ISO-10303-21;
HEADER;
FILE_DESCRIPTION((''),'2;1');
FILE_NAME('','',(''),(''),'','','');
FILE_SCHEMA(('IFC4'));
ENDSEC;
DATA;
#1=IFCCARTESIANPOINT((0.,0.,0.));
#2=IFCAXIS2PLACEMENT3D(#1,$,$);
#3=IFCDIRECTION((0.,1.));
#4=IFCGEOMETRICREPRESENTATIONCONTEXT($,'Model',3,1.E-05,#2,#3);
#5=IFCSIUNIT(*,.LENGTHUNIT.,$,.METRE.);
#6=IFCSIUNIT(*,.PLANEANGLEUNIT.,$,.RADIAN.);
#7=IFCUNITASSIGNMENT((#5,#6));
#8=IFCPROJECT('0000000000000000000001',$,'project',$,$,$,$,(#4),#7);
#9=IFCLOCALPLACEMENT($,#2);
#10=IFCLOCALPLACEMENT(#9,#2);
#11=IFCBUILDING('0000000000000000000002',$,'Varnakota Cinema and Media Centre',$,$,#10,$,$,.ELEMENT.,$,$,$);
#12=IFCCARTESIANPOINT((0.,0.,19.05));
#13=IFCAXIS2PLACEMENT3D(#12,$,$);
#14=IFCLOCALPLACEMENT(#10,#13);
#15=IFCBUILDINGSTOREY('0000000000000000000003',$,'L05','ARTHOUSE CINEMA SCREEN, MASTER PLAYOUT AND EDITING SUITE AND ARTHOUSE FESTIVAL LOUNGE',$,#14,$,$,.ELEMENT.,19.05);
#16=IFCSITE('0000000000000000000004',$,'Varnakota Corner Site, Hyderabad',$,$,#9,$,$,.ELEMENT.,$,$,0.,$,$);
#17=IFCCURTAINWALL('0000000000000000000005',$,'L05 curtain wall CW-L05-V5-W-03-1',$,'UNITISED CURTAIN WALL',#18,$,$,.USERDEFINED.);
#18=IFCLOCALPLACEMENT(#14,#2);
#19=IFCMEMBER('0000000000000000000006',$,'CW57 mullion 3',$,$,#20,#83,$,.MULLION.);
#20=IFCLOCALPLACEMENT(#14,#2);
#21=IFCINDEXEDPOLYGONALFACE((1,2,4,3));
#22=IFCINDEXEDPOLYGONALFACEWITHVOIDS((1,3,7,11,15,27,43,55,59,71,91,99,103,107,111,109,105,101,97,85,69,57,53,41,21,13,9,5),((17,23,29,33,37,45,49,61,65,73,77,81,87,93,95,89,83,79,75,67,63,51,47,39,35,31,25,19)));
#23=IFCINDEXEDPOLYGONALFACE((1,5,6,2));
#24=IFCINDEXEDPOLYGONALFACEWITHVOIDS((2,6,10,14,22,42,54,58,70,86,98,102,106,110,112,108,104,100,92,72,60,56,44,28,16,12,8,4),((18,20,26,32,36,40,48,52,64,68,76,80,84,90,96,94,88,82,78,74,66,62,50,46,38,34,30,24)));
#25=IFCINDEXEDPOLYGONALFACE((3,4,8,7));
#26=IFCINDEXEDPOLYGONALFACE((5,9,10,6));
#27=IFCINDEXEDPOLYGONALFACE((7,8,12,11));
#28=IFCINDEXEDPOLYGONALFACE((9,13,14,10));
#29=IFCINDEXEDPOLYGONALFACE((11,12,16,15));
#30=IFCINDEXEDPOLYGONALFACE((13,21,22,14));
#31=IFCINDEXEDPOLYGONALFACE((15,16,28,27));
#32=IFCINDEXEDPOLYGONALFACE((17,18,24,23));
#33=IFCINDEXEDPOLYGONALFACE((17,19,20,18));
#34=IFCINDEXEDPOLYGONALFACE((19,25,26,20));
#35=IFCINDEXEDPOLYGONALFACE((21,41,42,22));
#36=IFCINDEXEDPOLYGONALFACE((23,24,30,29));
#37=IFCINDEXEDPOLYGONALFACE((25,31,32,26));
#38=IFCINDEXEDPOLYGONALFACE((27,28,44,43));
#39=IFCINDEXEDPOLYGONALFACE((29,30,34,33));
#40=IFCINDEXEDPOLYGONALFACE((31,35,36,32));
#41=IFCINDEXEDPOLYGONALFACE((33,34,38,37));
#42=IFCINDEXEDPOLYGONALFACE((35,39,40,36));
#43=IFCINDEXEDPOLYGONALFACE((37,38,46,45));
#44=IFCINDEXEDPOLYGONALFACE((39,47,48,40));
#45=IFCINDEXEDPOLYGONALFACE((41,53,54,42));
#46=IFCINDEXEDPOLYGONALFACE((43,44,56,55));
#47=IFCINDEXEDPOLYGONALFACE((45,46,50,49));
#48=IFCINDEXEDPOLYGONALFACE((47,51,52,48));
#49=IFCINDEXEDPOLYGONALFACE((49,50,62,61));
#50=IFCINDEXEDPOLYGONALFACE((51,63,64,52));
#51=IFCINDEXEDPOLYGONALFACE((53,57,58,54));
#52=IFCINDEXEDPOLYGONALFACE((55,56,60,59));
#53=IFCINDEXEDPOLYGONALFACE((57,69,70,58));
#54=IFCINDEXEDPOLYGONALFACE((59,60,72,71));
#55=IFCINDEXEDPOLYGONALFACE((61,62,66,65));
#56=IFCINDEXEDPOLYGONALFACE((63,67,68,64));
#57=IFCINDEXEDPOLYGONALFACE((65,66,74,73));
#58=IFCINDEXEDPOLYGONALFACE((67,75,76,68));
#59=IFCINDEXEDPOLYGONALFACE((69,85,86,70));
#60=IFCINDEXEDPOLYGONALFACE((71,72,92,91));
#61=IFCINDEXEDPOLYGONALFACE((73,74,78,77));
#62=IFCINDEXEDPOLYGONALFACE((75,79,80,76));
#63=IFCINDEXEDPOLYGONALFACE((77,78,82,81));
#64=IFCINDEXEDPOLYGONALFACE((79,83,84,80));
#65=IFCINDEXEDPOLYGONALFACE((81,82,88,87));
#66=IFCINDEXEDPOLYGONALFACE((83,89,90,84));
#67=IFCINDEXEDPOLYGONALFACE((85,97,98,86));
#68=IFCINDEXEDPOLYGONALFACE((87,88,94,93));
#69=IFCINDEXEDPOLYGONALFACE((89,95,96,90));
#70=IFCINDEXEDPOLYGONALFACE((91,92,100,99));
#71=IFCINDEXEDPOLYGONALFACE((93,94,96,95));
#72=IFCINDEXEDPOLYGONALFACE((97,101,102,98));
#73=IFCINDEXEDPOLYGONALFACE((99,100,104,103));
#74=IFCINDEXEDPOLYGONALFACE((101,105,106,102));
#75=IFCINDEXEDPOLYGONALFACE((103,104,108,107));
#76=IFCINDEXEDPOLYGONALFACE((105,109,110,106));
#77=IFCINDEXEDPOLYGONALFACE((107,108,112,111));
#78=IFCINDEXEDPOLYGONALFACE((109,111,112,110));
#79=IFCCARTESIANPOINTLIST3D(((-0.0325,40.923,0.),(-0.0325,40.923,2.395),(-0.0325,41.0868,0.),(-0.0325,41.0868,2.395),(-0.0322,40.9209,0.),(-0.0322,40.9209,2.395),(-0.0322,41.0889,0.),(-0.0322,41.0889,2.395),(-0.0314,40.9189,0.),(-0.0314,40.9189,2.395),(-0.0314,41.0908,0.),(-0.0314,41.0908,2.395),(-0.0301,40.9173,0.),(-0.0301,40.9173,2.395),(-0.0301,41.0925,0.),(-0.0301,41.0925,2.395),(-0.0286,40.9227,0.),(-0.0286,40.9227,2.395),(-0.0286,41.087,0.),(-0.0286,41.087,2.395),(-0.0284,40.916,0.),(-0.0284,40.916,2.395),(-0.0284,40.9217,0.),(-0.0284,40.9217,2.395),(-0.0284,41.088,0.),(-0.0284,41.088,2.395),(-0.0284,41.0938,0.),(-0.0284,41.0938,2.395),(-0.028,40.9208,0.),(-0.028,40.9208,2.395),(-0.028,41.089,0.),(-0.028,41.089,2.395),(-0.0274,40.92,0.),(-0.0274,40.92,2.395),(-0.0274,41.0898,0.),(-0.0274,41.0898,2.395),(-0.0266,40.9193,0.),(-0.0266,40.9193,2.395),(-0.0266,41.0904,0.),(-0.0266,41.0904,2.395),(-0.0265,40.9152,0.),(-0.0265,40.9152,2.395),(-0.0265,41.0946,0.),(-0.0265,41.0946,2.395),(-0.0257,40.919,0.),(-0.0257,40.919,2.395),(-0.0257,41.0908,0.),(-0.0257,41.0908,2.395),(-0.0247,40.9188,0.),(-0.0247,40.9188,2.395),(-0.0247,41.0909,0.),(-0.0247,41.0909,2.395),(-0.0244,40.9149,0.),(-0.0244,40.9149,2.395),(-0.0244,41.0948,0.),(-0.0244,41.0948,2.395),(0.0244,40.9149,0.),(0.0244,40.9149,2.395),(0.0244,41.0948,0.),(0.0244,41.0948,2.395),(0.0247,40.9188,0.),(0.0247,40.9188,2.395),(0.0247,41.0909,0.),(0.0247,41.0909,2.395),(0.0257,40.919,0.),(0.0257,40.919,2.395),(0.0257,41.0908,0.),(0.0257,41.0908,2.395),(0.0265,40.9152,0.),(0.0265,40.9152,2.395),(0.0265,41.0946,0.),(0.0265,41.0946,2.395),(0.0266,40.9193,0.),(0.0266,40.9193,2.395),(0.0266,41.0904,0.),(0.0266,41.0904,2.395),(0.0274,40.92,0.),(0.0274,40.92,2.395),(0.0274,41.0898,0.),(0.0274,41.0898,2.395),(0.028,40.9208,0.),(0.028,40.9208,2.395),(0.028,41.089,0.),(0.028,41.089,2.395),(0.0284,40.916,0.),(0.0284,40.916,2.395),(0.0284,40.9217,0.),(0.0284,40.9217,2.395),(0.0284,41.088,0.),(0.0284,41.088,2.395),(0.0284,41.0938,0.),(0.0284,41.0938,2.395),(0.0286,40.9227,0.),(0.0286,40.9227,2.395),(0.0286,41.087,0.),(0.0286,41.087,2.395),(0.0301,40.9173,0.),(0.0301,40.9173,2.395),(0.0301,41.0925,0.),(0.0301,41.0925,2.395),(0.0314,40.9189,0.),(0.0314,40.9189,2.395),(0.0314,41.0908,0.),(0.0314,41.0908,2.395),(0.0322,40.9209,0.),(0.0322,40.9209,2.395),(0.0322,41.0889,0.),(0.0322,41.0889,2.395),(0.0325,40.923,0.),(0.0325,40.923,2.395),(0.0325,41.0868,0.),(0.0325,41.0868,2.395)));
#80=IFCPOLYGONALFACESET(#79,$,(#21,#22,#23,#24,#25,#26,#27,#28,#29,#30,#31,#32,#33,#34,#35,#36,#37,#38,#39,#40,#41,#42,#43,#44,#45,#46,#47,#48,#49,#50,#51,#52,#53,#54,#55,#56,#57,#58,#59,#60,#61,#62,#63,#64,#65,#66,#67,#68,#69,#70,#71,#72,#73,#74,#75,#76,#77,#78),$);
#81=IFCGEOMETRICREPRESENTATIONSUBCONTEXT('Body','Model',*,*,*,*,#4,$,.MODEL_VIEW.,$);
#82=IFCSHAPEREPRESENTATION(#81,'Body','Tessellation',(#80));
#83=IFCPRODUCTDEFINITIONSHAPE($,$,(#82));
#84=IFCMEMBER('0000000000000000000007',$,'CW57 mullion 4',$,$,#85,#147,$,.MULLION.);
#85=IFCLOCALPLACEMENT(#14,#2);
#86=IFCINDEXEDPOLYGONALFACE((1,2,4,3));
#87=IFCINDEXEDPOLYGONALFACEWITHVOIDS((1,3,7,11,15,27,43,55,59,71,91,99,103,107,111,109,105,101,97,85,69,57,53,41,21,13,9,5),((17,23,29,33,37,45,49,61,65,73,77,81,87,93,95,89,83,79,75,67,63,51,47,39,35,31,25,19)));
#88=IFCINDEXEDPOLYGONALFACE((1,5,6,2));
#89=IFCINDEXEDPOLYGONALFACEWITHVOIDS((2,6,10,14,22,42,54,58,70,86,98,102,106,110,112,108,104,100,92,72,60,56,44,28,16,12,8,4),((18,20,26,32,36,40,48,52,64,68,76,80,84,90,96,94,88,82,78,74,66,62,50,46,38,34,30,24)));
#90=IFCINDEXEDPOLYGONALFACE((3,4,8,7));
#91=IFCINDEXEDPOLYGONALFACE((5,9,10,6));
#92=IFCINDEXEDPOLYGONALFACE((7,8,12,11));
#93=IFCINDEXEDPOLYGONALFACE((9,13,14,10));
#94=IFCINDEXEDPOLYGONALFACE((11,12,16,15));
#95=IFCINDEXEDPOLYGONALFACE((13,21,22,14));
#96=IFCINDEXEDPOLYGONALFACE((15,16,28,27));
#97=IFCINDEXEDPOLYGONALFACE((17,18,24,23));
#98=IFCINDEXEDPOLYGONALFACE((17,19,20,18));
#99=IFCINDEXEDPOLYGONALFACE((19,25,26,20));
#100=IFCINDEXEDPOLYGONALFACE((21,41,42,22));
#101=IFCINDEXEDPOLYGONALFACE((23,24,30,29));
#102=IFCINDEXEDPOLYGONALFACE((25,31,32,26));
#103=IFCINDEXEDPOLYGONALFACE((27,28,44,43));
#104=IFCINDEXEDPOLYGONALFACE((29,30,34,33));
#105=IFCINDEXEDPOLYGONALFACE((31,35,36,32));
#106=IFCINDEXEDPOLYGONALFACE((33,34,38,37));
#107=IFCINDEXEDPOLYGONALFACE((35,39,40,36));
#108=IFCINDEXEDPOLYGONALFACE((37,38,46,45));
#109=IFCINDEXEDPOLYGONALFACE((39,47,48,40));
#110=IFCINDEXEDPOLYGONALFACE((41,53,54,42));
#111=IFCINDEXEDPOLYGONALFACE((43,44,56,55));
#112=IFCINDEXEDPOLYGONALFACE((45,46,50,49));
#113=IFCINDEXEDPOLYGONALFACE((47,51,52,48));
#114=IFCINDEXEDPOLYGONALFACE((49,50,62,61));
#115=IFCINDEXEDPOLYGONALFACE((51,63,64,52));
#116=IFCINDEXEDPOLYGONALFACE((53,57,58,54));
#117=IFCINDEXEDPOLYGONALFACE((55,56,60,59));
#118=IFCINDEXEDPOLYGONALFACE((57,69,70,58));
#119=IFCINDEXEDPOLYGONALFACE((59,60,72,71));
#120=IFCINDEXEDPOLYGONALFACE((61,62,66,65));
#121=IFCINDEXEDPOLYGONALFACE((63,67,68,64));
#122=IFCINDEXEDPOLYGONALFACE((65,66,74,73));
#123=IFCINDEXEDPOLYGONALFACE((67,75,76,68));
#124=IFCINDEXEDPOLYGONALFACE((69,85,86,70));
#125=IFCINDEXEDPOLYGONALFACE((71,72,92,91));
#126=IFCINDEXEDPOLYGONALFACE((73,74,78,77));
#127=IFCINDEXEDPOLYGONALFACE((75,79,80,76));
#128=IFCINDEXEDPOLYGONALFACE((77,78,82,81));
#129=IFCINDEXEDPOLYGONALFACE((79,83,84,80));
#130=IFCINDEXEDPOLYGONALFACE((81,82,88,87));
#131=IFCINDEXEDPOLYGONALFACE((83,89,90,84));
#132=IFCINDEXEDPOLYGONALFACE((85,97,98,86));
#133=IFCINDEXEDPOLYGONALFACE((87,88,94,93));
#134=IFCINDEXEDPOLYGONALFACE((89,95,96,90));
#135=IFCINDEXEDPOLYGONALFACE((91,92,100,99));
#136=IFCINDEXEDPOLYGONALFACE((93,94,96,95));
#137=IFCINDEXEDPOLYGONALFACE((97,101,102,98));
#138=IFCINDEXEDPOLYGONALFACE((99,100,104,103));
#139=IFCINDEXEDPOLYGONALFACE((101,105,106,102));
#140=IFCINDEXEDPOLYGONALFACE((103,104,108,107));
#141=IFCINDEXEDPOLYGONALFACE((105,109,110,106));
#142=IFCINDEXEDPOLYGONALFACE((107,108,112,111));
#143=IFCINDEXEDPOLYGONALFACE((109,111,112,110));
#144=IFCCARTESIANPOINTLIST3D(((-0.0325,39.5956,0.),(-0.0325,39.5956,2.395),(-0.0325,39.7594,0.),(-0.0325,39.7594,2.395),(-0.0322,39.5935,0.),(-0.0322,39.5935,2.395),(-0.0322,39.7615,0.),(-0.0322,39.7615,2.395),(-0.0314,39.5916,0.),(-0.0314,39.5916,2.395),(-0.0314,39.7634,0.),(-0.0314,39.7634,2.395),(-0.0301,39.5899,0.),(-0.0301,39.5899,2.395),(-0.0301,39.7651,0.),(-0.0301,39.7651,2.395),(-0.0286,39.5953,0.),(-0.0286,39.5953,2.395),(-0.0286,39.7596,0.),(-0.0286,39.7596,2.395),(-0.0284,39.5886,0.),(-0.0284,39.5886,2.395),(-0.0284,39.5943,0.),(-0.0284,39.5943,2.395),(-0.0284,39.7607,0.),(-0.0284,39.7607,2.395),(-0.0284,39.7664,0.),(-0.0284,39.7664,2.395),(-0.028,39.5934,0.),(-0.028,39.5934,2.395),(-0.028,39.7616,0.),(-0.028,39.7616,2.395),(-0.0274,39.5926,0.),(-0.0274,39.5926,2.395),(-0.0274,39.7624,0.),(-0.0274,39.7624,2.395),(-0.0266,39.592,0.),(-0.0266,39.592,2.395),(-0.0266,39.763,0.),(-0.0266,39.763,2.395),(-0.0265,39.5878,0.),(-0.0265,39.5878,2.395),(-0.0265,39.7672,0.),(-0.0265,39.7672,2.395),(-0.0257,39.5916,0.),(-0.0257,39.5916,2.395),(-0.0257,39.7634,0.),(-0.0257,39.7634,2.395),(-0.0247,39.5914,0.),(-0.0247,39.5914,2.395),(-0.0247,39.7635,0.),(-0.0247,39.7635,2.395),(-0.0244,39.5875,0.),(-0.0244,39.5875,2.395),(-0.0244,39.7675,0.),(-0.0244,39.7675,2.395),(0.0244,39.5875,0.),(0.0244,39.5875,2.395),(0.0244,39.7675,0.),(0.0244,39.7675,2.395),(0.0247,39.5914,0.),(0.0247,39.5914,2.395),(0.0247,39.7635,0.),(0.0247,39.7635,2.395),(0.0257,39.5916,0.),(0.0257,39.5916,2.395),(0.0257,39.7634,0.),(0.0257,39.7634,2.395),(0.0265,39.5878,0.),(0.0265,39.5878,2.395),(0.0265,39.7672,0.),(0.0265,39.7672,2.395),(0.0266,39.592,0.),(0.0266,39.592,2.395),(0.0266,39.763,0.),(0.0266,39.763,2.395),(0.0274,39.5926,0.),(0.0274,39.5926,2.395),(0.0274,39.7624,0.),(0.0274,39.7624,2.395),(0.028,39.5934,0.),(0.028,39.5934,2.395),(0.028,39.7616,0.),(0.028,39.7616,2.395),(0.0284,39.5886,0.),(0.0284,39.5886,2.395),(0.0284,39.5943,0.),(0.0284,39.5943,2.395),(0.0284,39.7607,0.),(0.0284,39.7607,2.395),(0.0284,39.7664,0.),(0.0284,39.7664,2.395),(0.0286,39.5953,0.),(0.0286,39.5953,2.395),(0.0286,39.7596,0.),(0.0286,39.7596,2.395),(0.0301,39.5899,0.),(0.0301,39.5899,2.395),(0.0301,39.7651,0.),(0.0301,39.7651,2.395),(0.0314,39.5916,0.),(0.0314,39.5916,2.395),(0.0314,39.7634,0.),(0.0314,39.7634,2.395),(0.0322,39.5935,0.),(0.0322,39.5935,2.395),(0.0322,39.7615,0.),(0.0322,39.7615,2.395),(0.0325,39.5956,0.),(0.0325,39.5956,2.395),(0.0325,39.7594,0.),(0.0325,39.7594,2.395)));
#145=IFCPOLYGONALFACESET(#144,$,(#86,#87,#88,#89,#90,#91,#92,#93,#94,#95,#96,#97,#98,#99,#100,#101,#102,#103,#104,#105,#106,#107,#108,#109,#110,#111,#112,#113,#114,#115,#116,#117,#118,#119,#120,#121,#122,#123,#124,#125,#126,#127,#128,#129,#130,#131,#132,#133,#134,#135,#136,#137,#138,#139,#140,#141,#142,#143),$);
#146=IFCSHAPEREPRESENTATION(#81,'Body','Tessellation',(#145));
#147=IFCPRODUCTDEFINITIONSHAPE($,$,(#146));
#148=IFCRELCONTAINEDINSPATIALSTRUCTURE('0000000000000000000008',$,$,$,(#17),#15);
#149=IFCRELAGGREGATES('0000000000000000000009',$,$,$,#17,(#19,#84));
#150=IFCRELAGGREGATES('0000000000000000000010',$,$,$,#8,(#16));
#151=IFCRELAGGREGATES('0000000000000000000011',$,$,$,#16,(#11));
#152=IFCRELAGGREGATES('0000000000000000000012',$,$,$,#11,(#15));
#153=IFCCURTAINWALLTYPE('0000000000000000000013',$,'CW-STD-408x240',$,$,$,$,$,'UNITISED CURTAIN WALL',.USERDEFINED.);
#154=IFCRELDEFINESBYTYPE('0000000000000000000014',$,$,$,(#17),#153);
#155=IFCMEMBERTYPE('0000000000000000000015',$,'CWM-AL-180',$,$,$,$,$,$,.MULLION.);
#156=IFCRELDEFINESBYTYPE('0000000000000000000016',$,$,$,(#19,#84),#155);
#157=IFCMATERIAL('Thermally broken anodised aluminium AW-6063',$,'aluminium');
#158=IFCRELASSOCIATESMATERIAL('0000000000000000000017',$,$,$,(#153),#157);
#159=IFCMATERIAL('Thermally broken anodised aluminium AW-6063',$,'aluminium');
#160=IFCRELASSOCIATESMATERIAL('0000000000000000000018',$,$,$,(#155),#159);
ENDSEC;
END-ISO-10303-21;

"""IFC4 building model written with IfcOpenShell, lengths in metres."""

from ifc_helpers import new_model, si_unit, direction, frame, origin, origin_2d, place, context, subcontext, project, spatial, hollow_rectangle, extrude, material, material_profile, profile_set, type_object, element, aggregate, save


model = new_model("IFC4")

# Units and contexts
model_context = context("Model", 3, precision=1e-05, world=origin(), true_north=direction((0.0, 1.0)))
body_context = subcontext(model_context, "Body", "Model", "MODEL_VIEW")
ifc_project = project(units=[si_unit("LENGTHUNIT", "METRE"), si_unit("PLANEANGLEUNIT", "RADIAN")], contexts=[model_context])

# Site, building, storey
site_placement = place(None, origin())
site = spatial("IfcSite", under=ifc_project, at=site_placement, Name="Varnakota Corner Site, Hyderabad", CompositionType="ELEMENT", RefElevation=0.0)
building_placement = place(site_placement, origin())
building = spatial("IfcBuilding", under=site, at=building_placement, Name="Varnakota Cinema and Media Centre", CompositionType="ELEMENT")
storey_placement = place(building_placement, frame((0.0, 0.0, 19.05)))
storey = spatial("IfcBuildingStorey", under=building, at=storey_placement, Name="L05", Description="ARTHOUSE CINEMA SCREEN, MASTER PLAYOUT AND EDITING SUITE AND ARTHOUSE FESTIVAL LOUNGE", CompositionType="ELEMENT", Elevation=19.05)

# Curtain wall, members
ifc_material_1 = material(Name="Thermally broken anodised aluminium AW-6063", Category="aluminium")
curtain_wall_type = type_object("IfcCurtainWallType", Name="CW-STD-408x240", ElementType="UNITISED CURTAIN WALL", PredefinedType="USERDEFINED", material=ifc_material_1)
curtain_wall_1_placement = place(storey_placement, origin())
curtain_wall_1 = element("IfcCurtainWall", 1, at=curtain_wall_1_placement, inside=storey, type_object=curtain_wall_type, Name="L05 curtain wall CW-L05-V5-W-03-1", ObjectType="UNITISED CURTAIN WALL", PredefinedType="USERDEFINED")
ifc_material_2 = material(Name="Thermally broken anodised aluminium AW-6063", Category="aluminium")
ifc_material_profile_1 = material_profile(ifc_material_2, hollow_rectangle(XDim=0.0649, YDim=0.1799, WallThickness=0.0039, InnerFilletRadius=0.0039, OuterFilletRadius=0.0081, at=origin_2d()), Name="AL-MULLION 180x65x4")
ifc_profile_set_1 = profile_set([ifc_material_profile_1], Name="Thermally broken anodised aluminium AW-6063")
member_type_1 = type_object("IfcMemberType", Name="CWM-AL-180", PredefinedType="MULLION", material=ifc_profile_set_1)
member_1_placement = place(storey_placement, frame((0.0, 41.0049, 0.0), z_axis=(0.0, 0.0, 1.0), x_axis=(1.0, 0.0, 0.0)))
member_1 = element("IfcMember", 2, at=member_1_placement, type_object=member_type_1, Name="CW57 mullion 3", PredefinedType="MULLION", context=body_context, shape_type="SweptSolid", body=[
    extrude(hollow_rectangle(XDim=0.0649, YDim=0.1799, WallThickness=0.0039, InnerFilletRadius=0.0039, OuterFilletRadius=0.0081, at=origin_2d()), origin(), (0.0, 0.0, 1.0), 2.395),
])
member_2_placement = place(storey_placement, frame((0.0, 39.6775, 0.0), z_axis=(0.0, 0.0, 1.0), x_axis=(1.0, 0.0, 0.0)))
member_2 = element("IfcMember", 3, at=member_2_placement, type_object=member_type_1, Name="CW57 mullion 4", PredefinedType="MULLION", context=body_context, shape_type="SweptSolid", body=[
    extrude(hollow_rectangle(XDim=0.0649, YDim=0.1799, WallThickness=0.0039, InnerFilletRadius=0.0039, OuterFilletRadius=0.0081, at=origin_2d()), origin(), (0.0, 0.0, 1.0), 2.395),
])

aggregate(curtain_wall_1, [member_1, member_2])

save(model, "model.ifc")
